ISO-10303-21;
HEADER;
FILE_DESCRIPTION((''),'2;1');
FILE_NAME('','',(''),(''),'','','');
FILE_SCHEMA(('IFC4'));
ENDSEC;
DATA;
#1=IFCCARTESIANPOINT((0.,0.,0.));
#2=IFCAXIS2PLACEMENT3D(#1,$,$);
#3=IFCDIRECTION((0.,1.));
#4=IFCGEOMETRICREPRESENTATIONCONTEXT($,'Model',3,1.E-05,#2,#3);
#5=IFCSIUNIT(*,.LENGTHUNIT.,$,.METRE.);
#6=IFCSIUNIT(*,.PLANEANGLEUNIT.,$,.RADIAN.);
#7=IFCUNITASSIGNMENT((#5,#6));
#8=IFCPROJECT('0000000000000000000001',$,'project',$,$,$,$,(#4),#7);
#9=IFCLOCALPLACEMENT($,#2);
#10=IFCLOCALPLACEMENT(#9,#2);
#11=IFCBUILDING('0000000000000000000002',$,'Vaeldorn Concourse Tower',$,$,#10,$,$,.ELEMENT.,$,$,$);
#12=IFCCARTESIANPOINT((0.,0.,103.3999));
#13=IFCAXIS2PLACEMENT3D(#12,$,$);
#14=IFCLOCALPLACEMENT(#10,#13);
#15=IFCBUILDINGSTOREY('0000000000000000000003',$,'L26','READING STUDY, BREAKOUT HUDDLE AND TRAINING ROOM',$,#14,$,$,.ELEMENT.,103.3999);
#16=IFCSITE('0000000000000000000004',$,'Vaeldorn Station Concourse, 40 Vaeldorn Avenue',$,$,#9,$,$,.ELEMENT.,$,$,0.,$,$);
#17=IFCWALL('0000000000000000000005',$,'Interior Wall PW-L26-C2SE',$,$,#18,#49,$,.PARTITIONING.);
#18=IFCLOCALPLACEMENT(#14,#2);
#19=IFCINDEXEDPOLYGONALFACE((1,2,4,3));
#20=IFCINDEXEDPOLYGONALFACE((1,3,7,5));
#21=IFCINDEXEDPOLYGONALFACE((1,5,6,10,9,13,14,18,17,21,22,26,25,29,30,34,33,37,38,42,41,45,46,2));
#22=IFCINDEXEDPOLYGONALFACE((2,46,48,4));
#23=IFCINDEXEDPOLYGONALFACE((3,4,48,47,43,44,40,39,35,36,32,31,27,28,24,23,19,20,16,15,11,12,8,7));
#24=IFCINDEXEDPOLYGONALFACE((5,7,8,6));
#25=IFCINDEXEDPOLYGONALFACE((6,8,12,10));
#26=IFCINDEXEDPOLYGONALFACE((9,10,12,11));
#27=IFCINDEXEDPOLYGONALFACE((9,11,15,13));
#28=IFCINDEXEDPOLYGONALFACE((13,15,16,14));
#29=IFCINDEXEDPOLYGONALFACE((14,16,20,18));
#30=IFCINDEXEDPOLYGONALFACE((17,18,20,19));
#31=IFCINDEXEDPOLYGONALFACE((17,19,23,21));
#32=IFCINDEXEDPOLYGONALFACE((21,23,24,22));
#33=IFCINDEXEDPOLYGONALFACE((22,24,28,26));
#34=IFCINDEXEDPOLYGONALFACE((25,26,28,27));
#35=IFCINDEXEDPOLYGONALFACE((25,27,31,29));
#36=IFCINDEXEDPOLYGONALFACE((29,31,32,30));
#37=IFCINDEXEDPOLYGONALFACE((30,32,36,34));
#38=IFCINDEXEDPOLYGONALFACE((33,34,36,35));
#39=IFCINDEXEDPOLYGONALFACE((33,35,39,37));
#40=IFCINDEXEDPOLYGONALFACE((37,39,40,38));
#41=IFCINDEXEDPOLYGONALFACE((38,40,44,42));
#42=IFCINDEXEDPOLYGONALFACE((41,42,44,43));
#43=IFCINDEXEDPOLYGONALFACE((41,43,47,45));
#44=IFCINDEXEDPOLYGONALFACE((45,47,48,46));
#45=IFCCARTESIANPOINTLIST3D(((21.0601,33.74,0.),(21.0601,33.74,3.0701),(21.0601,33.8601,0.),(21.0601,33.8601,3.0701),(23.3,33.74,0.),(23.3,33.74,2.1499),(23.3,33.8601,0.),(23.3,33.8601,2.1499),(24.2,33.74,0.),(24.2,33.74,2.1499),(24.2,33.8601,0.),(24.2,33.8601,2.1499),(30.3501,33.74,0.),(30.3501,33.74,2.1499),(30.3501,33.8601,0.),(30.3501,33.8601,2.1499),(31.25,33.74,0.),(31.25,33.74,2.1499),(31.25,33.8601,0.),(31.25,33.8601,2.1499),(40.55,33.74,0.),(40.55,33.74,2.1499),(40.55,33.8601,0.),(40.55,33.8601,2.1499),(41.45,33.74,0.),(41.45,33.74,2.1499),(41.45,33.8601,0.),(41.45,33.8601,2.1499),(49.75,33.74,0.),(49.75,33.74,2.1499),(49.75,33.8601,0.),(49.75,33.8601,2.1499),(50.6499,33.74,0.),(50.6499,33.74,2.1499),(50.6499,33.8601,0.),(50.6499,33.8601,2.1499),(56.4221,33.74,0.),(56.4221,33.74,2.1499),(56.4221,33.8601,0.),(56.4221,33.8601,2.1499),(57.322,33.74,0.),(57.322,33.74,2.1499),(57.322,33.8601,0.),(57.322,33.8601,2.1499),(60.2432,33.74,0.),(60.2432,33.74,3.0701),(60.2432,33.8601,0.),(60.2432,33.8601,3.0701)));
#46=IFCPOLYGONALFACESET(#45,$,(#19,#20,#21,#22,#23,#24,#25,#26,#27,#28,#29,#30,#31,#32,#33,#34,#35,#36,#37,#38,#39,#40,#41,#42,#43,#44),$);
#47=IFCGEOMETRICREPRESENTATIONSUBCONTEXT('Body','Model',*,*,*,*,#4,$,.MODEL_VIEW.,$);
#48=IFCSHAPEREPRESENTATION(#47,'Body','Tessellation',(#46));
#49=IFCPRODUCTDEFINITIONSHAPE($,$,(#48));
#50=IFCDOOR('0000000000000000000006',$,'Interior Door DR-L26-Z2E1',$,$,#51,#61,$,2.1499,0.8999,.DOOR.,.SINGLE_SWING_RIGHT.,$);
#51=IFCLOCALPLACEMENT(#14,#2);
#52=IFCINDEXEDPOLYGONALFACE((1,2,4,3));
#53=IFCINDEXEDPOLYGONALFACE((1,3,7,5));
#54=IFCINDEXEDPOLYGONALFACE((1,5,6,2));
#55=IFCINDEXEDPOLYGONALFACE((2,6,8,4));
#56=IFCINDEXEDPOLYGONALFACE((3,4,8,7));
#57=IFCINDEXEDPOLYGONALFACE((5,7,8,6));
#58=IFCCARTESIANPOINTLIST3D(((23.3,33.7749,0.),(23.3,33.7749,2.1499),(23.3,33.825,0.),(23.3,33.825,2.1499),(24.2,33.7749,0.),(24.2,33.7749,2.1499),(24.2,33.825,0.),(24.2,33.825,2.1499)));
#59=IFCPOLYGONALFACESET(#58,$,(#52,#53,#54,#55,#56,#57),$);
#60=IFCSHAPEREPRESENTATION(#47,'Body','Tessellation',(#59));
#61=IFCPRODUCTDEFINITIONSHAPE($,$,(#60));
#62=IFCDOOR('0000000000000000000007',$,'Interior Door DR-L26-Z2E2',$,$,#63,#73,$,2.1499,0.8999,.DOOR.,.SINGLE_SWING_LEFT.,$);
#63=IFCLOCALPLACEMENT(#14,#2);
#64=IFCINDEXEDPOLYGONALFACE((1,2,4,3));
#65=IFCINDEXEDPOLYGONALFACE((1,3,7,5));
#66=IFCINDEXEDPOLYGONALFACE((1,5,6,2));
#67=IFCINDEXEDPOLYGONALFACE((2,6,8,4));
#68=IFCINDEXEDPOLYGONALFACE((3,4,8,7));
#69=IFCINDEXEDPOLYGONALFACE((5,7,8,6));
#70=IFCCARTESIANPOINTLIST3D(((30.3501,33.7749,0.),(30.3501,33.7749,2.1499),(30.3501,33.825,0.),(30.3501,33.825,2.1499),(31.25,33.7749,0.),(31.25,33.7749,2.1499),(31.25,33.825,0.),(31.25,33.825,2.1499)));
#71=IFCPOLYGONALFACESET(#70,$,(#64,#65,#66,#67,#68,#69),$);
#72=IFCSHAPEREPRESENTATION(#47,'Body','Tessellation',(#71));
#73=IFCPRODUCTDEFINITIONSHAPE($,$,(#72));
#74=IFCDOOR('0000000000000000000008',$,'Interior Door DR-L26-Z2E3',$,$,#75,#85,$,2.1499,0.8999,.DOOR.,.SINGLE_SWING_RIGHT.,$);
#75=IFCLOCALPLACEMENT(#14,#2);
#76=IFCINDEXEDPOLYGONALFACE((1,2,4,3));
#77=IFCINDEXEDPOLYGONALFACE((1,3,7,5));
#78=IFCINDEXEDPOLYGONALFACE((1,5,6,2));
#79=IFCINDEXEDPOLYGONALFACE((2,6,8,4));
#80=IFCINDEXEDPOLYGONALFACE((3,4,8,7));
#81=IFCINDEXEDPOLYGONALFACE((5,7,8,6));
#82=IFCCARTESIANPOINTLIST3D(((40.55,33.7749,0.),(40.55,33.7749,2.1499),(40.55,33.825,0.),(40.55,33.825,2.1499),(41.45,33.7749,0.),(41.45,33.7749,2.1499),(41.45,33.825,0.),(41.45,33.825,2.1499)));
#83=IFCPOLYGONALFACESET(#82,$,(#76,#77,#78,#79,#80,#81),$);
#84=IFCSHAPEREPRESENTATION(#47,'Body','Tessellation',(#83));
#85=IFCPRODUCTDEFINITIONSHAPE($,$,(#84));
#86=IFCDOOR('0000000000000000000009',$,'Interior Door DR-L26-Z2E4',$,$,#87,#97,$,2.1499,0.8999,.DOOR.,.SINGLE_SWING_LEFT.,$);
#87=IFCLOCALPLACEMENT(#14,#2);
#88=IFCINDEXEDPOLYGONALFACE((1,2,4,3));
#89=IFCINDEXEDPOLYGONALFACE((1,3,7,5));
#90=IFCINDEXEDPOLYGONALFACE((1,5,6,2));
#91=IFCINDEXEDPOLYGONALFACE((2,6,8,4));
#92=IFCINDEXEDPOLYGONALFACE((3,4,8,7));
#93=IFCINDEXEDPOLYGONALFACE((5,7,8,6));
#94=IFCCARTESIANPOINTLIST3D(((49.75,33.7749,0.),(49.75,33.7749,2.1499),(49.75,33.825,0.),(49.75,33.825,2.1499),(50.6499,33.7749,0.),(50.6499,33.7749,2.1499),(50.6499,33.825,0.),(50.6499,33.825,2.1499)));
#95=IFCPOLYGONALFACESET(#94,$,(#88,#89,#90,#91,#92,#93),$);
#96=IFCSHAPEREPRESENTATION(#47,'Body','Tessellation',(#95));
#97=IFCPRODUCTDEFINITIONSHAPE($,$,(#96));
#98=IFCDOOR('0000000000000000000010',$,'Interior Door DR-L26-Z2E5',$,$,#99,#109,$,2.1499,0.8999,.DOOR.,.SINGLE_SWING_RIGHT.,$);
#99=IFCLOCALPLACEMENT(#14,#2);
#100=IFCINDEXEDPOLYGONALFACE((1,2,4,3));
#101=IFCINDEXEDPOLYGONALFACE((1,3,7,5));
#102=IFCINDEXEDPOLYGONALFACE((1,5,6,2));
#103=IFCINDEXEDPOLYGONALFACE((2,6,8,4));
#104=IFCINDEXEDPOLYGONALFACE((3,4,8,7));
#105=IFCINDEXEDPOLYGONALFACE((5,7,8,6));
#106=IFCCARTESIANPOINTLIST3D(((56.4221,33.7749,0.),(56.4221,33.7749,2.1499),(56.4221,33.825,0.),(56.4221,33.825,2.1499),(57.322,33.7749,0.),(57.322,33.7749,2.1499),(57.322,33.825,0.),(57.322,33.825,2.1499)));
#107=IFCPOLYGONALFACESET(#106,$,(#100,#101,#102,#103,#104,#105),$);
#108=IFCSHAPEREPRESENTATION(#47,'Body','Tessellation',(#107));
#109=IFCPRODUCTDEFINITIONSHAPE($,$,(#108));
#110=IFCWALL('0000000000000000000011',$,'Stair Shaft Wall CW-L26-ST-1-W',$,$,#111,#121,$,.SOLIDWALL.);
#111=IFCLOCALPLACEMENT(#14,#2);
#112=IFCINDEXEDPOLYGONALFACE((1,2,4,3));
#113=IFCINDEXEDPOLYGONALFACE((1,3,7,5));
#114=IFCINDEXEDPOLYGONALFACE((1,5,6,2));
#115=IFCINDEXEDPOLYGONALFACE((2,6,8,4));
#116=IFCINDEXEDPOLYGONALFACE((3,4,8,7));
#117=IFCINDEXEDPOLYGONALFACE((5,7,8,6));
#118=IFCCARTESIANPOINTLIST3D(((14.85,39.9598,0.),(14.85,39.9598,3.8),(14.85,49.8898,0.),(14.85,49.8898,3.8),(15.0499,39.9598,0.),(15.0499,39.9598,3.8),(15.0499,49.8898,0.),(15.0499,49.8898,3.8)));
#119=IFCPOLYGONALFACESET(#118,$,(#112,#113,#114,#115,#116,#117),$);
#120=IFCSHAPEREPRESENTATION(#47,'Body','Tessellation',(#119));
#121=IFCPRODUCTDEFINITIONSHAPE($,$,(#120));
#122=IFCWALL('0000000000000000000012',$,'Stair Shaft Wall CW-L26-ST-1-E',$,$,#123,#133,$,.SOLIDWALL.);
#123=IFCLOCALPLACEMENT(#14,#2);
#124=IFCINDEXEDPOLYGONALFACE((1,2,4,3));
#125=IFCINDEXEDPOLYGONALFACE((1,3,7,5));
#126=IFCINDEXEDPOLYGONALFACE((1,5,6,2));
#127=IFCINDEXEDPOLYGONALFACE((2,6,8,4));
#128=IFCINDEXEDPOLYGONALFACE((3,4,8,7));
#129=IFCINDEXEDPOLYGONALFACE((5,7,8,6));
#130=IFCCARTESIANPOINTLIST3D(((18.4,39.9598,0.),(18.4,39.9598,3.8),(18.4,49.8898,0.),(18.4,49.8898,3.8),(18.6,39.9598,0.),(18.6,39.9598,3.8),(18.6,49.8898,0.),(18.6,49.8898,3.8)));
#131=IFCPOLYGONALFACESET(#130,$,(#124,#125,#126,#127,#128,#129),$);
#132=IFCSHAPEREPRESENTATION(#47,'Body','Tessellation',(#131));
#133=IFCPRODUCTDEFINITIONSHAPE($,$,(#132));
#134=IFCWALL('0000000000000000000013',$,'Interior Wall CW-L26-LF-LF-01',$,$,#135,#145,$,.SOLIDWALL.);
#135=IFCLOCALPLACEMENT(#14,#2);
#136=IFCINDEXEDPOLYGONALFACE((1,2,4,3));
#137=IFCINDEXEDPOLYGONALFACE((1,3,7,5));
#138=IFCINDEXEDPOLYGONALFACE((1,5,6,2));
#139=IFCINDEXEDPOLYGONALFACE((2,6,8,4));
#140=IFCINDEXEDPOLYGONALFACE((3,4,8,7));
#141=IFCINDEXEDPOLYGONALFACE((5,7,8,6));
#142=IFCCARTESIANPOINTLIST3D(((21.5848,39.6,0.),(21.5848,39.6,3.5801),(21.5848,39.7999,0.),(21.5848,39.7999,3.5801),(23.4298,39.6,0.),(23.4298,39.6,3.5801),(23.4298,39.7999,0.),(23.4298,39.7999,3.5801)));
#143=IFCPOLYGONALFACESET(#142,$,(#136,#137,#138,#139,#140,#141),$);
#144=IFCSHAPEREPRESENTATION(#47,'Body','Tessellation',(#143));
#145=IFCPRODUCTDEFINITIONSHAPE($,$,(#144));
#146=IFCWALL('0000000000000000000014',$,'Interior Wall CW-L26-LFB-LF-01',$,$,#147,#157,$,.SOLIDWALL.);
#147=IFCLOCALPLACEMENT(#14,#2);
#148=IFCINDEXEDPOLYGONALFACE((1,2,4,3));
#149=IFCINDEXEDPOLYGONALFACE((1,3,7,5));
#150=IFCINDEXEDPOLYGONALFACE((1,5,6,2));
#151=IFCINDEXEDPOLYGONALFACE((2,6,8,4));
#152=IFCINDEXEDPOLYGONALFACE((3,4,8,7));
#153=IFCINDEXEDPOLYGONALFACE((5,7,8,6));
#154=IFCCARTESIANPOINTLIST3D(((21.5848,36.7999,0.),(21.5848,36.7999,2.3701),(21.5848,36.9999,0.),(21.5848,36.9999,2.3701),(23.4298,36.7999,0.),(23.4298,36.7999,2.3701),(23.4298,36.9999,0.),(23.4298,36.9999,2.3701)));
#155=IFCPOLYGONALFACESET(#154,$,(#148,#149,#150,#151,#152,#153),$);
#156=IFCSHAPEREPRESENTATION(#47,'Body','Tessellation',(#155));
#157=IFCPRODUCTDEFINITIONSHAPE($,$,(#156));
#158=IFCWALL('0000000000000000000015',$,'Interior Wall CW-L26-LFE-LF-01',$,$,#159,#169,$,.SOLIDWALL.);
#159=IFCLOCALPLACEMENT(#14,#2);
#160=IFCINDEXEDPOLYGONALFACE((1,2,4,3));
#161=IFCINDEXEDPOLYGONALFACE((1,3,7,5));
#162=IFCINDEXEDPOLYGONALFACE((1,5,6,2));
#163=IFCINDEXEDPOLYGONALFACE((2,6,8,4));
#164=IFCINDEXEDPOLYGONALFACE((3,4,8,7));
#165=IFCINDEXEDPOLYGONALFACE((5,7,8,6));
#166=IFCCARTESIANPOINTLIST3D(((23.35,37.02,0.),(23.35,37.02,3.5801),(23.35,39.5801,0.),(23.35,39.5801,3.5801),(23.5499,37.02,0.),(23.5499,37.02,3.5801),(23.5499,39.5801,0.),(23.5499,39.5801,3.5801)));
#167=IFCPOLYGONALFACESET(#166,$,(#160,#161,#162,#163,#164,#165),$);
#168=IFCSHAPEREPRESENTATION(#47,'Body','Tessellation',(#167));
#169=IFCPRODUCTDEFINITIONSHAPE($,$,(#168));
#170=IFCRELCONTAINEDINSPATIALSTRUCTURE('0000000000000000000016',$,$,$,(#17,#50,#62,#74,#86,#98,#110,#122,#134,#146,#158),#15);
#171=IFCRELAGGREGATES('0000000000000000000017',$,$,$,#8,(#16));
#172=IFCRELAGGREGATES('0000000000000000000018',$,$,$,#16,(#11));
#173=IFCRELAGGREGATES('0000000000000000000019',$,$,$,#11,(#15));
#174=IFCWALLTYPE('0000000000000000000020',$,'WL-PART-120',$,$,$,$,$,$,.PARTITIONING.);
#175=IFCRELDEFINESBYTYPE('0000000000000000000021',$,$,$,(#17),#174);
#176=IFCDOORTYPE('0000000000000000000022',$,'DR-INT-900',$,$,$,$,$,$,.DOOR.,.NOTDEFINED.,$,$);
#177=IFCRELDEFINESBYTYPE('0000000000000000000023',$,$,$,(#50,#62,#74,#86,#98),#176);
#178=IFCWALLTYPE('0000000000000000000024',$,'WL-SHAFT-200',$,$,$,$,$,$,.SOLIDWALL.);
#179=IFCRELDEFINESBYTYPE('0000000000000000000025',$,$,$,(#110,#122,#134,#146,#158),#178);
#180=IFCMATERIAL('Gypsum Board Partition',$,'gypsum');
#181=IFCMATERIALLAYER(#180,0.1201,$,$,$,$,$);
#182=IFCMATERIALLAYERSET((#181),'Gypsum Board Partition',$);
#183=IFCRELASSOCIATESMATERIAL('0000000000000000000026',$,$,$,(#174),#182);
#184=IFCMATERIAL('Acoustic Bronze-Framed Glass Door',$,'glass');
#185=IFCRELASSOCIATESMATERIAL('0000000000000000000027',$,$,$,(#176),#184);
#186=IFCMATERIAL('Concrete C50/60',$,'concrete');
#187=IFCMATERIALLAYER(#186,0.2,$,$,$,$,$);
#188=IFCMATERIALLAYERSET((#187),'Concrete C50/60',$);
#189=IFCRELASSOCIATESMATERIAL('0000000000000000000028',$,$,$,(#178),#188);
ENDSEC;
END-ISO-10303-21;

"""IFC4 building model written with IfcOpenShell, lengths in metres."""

from ifc_helpers import new_model, si_unit, direction, frame, frame_2d, origin, place, context, subcontext, project, spatial, rectangle, extrude, source, transform, mapped, material, layer, layer_set, type_object, element, fill, save


model = new_model("IFC4")

# Units and contexts
model_context = context("Model", 3, precision=1e-05, world=origin(), true_north=direction((0.0, 1.0)))
body_context = subcontext(model_context, "Body", "Model", "MODEL_VIEW")
ifc_project = project(units=[si_unit("LENGTHUNIT", "METRE"), si_unit("PLANEANGLEUNIT", "RADIAN")], contexts=[model_context])

# Site, building, storey
site_placement = place(None, origin())
site = spatial("IfcSite", under=ifc_project, at=site_placement, Name="Vaeldorn Station Concourse, 40 Vaeldorn Avenue", CompositionType="ELEMENT", RefElevation=0.0)
building_placement = place(site_placement, origin())
building = spatial("IfcBuilding", under=site, at=building_placement, Name="Vaeldorn Concourse Tower", CompositionType="ELEMENT")
storey_placement = place(building_placement, frame((0.0, 0.0, 103.3999)))
storey = spatial("IfcBuildingStorey", under=building, at=storey_placement, Name="L26", Description="READING STUDY, BREAKOUT HUDDLE AND TRAINING ROOM", CompositionType="ELEMENT", Elevation=103.3999)

# Wall, openings, doors
ifc_material_1 = material(Name="Gypsum Board Partition", Category="gypsum")
ifc_layer_1 = layer(ifc_material_1, 0.1201)
ifc_layer_set_1 = layer_set([ifc_layer_1], Name="Gypsum Board Partition")
wall_type_1 = type_object("IfcWallType", Name="WL-PART-120", PredefinedType="PARTITIONING", material=ifc_layer_set_1)
wall_1_placement = place(storey_placement, frame((21.0601, 33.8, 0.0), z_axis=(0.0, 0.0, 1.0), x_axis=(1.0, 0.0, 0.0)))
wall_1 = element("IfcWall", 1, at=wall_1_placement, inside=storey, type_object=wall_type_1, Name="Interior Wall PW-L26-C2SE", PredefinedType="PARTITIONING", context=body_context, shape_type="SweptSolid", body=[
    extrude(rectangle(XDim=39.1831, YDim=0.1201, at=frame_2d((19.5916, 0.0))), origin(), (0.0, 0.0, 1.0), 3.0701),
])
opening_1_placement = place(wall_1_placement, frame((2.24, 0.0, 0.0)))
opening_1 = element("IfcOpeningElement", 2, at=opening_1_placement, cuts=wall_1, PredefinedType="OPENING", context=body_context, shape_type="SweptSolid", body=[
    extrude(rectangle(XDim=0.8999, YDim=2.1499, at=frame_2d((0.45, 1.075))), frame((0.0, 0.0701, 0.0), z_axis=(0.0, -1.0, 0.0), x_axis=(1.0, 0.0, 0.0)), (0.0, 0.0, 1.0), 0.1401),
])
opening_2_placement = place(wall_1_placement, frame((9.29, 0.0, 0.0)))
opening_2 = element("IfcOpeningElement", 3, at=opening_2_placement, cuts=wall_1, PredefinedType="OPENING", context=body_context, shape_type="SweptSolid", body=[
    extrude(rectangle(XDim=0.8999, YDim=2.1499, at=frame_2d((0.45, 1.075))), frame((0.0, 0.0701, 0.0), z_axis=(0.0, -1.0, 0.0), x_axis=(1.0, 0.0, 0.0)), (0.0, 0.0, 1.0), 0.1401),
])
opening_3_placement = place(wall_1_placement, frame((19.49, 0.0, 0.0)))
opening_3 = element("IfcOpeningElement", 4, at=opening_3_placement, cuts=wall_1, PredefinedType="OPENING", context=body_context, shape_type="SweptSolid", body=[
    extrude(rectangle(XDim=0.8999, YDim=2.1499, at=frame_2d((0.45, 1.075))), frame((0.0, 0.0701, 0.0), z_axis=(0.0, -1.0, 0.0), x_axis=(1.0, 0.0, 0.0)), (0.0, 0.0, 1.0), 0.1401),
])
opening_4_placement = place(wall_1_placement, frame((28.6899, 0.0, 0.0)))
opening_4 = element("IfcOpeningElement", 5, at=opening_4_placement, cuts=wall_1, PredefinedType="OPENING", context=body_context, shape_type="SweptSolid", body=[
    extrude(rectangle(XDim=0.8999, YDim=2.1499, at=frame_2d((0.45, 1.075))), frame((0.0, 0.0701, 0.0), z_axis=(0.0, -1.0, 0.0), x_axis=(1.0, 0.0, 0.0)), (0.0, 0.0, 1.0), 0.1401),
])
opening_5_placement = place(wall_1_placement, frame((35.3621, 0.0, 0.0)))
opening_5 = element("IfcOpeningElement", 6, at=opening_5_placement, cuts=wall_1, PredefinedType="OPENING", context=body_context, shape_type="SweptSolid", body=[
    extrude(rectangle(XDim=0.8999, YDim=2.1499, at=frame_2d((0.45, 1.075))), frame((0.0, 0.0701, 0.0), z_axis=(0.0, -1.0, 0.0), x_axis=(1.0, 0.0, 0.0)), (0.0, 0.0, 1.0), 0.1401),
])
ifc_material_2 = material(Name="Acoustic Bronze-Framed Glass Door", Category="glass")
door_type_1 = type_object("IfcDoorType", Name="DR-INT-900", OperationType="NOTDEFINED", PredefinedType="DOOR", material=ifc_material_2)
shared_shape_1 = source(origin(), body_context, "Body", "SweptSolid", [
    extrude(rectangle(XDim=0.8999, YDim=2.1499, at=frame_2d((0.45, 1.075))), frame((0.0, 0.0249, 0.0), z_axis=(0.0, -1.0, 0.0), x_axis=(1.0, 0.0, 0.0)), (0.0, 0.0, 1.0), 0.05),
])
door_1_placement = place(opening_1_placement, origin())
door_1 = element("IfcDoor", 7, at=door_1_placement, inside=storey, type_object=door_type_1, Name="Interior Door DR-L26-Z2E1", OperationType="SINGLE_SWING_RIGHT", OverallHeight=2.1499, OverallWidth=0.8999, PredefinedType="DOOR", context=body_context, shape_type="MappedRepresentation", body=[
    mapped(shared_shape_1, transform((0.0, 0.0, 0.0), scale=1.0)),
])
fill(opening_1, door_1)
door_2_placement = place(opening_2_placement, origin())
door_2 = element("IfcDoor", 8, at=door_2_placement, inside=storey, type_object=door_type_1, Name="Interior Door DR-L26-Z2E2", OperationType="SINGLE_SWING_LEFT", OverallHeight=2.1499, OverallWidth=0.8999, PredefinedType="DOOR", context=body_context, shape_type="MappedRepresentation", body=[
    mapped(shared_shape_1, transform((0.0, 0.0, 0.0), scale=1.0)),
])
fill(opening_2, door_2)
door_3_placement = place(opening_3_placement, origin())
door_3 = element("IfcDoor", 9, at=door_3_placement, inside=storey, type_object=door_type_1, Name="Interior Door DR-L26-Z2E3", OperationType="SINGLE_SWING_RIGHT", OverallHeight=2.1499, OverallWidth=0.8999, PredefinedType="DOOR", context=body_context, shape_type="MappedRepresentation", body=[
    mapped(shared_shape_1, transform((0.0, 0.0, 0.0), scale=1.0)),
])
fill(opening_3, door_3)
door_4_placement = place(opening_4_placement, origin())
door_4 = element("IfcDoor", 10, at=door_4_placement, inside=storey, type_object=door_type_1, Name="Interior Door DR-L26-Z2E4", OperationType="SINGLE_SWING_LEFT", OverallHeight=2.1499, OverallWidth=0.8999, PredefinedType="DOOR", context=body_context, shape_type="MappedRepresentation", body=[
    mapped(shared_shape_1, transform((0.0, 0.0, 0.0), scale=1.0)),
])
fill(opening_4, door_4)
door_5_placement = place(opening_5_placement, origin())
door_5 = element("IfcDoor", 11, at=door_5_placement, inside=storey, type_object=door_type_1, Name="Interior Door DR-L26-Z2E5", OperationType="SINGLE_SWING_RIGHT", OverallHeight=2.1499, OverallWidth=0.8999, PredefinedType="DOOR", context=body_context, shape_type="MappedRepresentation", body=[
    mapped(shared_shape_1, transform((0.0, 0.0, 0.0), scale=1.0)),
])
fill(opening_5, door_5)

# Walls
ifc_material_3 = material(Name="Concrete C50/60", Category="concrete")
ifc_layer_2 = layer(ifc_material_3, 0.2)
ifc_layer_set_2 = layer_set([ifc_layer_2], Name="Concrete C50/60")
wall_type_2 = type_object("IfcWallType", Name="WL-SHAFT-200", PredefinedType="SOLIDWALL", material=ifc_layer_set_2)
for number, where, z_axis, x_axis, name in (
    (12, (14.95, 39.96, 0.0), (0.0, 0.0, 1.0), (0.0, 1.0, 0.0), "Stair Shaft Wall CW-L26-ST-1-W"),
    (13, (18.5, 39.96, 0.0), (0.0, 0.0, 1.0), (0.0, 1.0, 0.0), "Stair Shaft Wall CW-L26-ST-1-E"),
):
    element("IfcWall", number, at=place(storey_placement, frame(where, z_axis=z_axis, x_axis=x_axis)), inside=storey, type_object=wall_type_2, Name=name, PredefinedType="SOLIDWALL", context=body_context, shape_type="SweptSolid", body=[
        extrude(rectangle(XDim=9.9299, YDim=0.2, at=frame_2d((4.9648, 0.0))), origin(), (0.0, 0.0, 1.0), 3.8),
    ])

# Walls
wall_2_placement = place(storey_placement, frame((21.585, 39.7, 0.0), z_axis=(0.0, 0.0, 1.0), x_axis=(1.0, 0.0, 0.0)))
element("IfcWall", 14, at=wall_2_placement, inside=storey, type_object=wall_type_2, Name="Interior Wall CW-L26-LF-LF-01", PredefinedType="SOLIDWALL", context=body_context, shape_type="SweptSolid", body=[
    extrude(rectangle(XDim=1.845, YDim=0.2, at=frame_2d((0.9224, 0.0))), origin(), (0.0, 0.0, 1.0), 3.5801),
])
wall_3_placement = place(storey_placement, frame((21.585, 36.8999, 0.0), z_axis=(0.0, 0.0, 1.0), x_axis=(1.0, 0.0, 0.0)))
element("IfcWall", 15, at=wall_3_placement, inside=storey, type_object=wall_type_2, Name="Interior Wall CW-L26-LFB-LF-01", PredefinedType="SOLIDWALL", context=body_context, shape_type="SweptSolid", body=[
    extrude(rectangle(XDim=1.845, YDim=0.2, at=frame_2d((0.9224, 0.0))), origin(), (0.0, 0.0, 1.0), 2.3701),
])
wall_4_placement = place(storey_placement, frame((23.45, 37.02, 0.0), z_axis=(0.0, 0.0, 1.0), x_axis=(0.0, 1.0, 0.0)))
element("IfcWall", 16, at=wall_4_placement, inside=storey, type_object=wall_type_2, Name="Interior Wall CW-L26-LFE-LF-01", PredefinedType="SOLIDWALL", context=body_context, shape_type="SweptSolid", body=[
    extrude(rectangle(XDim=2.5601, YDim=0.2, at=frame_2d((1.28, 0.0))), origin(), (0.0, 0.0, 1.0), 3.5801),
])

save(model, "model.ifc")
